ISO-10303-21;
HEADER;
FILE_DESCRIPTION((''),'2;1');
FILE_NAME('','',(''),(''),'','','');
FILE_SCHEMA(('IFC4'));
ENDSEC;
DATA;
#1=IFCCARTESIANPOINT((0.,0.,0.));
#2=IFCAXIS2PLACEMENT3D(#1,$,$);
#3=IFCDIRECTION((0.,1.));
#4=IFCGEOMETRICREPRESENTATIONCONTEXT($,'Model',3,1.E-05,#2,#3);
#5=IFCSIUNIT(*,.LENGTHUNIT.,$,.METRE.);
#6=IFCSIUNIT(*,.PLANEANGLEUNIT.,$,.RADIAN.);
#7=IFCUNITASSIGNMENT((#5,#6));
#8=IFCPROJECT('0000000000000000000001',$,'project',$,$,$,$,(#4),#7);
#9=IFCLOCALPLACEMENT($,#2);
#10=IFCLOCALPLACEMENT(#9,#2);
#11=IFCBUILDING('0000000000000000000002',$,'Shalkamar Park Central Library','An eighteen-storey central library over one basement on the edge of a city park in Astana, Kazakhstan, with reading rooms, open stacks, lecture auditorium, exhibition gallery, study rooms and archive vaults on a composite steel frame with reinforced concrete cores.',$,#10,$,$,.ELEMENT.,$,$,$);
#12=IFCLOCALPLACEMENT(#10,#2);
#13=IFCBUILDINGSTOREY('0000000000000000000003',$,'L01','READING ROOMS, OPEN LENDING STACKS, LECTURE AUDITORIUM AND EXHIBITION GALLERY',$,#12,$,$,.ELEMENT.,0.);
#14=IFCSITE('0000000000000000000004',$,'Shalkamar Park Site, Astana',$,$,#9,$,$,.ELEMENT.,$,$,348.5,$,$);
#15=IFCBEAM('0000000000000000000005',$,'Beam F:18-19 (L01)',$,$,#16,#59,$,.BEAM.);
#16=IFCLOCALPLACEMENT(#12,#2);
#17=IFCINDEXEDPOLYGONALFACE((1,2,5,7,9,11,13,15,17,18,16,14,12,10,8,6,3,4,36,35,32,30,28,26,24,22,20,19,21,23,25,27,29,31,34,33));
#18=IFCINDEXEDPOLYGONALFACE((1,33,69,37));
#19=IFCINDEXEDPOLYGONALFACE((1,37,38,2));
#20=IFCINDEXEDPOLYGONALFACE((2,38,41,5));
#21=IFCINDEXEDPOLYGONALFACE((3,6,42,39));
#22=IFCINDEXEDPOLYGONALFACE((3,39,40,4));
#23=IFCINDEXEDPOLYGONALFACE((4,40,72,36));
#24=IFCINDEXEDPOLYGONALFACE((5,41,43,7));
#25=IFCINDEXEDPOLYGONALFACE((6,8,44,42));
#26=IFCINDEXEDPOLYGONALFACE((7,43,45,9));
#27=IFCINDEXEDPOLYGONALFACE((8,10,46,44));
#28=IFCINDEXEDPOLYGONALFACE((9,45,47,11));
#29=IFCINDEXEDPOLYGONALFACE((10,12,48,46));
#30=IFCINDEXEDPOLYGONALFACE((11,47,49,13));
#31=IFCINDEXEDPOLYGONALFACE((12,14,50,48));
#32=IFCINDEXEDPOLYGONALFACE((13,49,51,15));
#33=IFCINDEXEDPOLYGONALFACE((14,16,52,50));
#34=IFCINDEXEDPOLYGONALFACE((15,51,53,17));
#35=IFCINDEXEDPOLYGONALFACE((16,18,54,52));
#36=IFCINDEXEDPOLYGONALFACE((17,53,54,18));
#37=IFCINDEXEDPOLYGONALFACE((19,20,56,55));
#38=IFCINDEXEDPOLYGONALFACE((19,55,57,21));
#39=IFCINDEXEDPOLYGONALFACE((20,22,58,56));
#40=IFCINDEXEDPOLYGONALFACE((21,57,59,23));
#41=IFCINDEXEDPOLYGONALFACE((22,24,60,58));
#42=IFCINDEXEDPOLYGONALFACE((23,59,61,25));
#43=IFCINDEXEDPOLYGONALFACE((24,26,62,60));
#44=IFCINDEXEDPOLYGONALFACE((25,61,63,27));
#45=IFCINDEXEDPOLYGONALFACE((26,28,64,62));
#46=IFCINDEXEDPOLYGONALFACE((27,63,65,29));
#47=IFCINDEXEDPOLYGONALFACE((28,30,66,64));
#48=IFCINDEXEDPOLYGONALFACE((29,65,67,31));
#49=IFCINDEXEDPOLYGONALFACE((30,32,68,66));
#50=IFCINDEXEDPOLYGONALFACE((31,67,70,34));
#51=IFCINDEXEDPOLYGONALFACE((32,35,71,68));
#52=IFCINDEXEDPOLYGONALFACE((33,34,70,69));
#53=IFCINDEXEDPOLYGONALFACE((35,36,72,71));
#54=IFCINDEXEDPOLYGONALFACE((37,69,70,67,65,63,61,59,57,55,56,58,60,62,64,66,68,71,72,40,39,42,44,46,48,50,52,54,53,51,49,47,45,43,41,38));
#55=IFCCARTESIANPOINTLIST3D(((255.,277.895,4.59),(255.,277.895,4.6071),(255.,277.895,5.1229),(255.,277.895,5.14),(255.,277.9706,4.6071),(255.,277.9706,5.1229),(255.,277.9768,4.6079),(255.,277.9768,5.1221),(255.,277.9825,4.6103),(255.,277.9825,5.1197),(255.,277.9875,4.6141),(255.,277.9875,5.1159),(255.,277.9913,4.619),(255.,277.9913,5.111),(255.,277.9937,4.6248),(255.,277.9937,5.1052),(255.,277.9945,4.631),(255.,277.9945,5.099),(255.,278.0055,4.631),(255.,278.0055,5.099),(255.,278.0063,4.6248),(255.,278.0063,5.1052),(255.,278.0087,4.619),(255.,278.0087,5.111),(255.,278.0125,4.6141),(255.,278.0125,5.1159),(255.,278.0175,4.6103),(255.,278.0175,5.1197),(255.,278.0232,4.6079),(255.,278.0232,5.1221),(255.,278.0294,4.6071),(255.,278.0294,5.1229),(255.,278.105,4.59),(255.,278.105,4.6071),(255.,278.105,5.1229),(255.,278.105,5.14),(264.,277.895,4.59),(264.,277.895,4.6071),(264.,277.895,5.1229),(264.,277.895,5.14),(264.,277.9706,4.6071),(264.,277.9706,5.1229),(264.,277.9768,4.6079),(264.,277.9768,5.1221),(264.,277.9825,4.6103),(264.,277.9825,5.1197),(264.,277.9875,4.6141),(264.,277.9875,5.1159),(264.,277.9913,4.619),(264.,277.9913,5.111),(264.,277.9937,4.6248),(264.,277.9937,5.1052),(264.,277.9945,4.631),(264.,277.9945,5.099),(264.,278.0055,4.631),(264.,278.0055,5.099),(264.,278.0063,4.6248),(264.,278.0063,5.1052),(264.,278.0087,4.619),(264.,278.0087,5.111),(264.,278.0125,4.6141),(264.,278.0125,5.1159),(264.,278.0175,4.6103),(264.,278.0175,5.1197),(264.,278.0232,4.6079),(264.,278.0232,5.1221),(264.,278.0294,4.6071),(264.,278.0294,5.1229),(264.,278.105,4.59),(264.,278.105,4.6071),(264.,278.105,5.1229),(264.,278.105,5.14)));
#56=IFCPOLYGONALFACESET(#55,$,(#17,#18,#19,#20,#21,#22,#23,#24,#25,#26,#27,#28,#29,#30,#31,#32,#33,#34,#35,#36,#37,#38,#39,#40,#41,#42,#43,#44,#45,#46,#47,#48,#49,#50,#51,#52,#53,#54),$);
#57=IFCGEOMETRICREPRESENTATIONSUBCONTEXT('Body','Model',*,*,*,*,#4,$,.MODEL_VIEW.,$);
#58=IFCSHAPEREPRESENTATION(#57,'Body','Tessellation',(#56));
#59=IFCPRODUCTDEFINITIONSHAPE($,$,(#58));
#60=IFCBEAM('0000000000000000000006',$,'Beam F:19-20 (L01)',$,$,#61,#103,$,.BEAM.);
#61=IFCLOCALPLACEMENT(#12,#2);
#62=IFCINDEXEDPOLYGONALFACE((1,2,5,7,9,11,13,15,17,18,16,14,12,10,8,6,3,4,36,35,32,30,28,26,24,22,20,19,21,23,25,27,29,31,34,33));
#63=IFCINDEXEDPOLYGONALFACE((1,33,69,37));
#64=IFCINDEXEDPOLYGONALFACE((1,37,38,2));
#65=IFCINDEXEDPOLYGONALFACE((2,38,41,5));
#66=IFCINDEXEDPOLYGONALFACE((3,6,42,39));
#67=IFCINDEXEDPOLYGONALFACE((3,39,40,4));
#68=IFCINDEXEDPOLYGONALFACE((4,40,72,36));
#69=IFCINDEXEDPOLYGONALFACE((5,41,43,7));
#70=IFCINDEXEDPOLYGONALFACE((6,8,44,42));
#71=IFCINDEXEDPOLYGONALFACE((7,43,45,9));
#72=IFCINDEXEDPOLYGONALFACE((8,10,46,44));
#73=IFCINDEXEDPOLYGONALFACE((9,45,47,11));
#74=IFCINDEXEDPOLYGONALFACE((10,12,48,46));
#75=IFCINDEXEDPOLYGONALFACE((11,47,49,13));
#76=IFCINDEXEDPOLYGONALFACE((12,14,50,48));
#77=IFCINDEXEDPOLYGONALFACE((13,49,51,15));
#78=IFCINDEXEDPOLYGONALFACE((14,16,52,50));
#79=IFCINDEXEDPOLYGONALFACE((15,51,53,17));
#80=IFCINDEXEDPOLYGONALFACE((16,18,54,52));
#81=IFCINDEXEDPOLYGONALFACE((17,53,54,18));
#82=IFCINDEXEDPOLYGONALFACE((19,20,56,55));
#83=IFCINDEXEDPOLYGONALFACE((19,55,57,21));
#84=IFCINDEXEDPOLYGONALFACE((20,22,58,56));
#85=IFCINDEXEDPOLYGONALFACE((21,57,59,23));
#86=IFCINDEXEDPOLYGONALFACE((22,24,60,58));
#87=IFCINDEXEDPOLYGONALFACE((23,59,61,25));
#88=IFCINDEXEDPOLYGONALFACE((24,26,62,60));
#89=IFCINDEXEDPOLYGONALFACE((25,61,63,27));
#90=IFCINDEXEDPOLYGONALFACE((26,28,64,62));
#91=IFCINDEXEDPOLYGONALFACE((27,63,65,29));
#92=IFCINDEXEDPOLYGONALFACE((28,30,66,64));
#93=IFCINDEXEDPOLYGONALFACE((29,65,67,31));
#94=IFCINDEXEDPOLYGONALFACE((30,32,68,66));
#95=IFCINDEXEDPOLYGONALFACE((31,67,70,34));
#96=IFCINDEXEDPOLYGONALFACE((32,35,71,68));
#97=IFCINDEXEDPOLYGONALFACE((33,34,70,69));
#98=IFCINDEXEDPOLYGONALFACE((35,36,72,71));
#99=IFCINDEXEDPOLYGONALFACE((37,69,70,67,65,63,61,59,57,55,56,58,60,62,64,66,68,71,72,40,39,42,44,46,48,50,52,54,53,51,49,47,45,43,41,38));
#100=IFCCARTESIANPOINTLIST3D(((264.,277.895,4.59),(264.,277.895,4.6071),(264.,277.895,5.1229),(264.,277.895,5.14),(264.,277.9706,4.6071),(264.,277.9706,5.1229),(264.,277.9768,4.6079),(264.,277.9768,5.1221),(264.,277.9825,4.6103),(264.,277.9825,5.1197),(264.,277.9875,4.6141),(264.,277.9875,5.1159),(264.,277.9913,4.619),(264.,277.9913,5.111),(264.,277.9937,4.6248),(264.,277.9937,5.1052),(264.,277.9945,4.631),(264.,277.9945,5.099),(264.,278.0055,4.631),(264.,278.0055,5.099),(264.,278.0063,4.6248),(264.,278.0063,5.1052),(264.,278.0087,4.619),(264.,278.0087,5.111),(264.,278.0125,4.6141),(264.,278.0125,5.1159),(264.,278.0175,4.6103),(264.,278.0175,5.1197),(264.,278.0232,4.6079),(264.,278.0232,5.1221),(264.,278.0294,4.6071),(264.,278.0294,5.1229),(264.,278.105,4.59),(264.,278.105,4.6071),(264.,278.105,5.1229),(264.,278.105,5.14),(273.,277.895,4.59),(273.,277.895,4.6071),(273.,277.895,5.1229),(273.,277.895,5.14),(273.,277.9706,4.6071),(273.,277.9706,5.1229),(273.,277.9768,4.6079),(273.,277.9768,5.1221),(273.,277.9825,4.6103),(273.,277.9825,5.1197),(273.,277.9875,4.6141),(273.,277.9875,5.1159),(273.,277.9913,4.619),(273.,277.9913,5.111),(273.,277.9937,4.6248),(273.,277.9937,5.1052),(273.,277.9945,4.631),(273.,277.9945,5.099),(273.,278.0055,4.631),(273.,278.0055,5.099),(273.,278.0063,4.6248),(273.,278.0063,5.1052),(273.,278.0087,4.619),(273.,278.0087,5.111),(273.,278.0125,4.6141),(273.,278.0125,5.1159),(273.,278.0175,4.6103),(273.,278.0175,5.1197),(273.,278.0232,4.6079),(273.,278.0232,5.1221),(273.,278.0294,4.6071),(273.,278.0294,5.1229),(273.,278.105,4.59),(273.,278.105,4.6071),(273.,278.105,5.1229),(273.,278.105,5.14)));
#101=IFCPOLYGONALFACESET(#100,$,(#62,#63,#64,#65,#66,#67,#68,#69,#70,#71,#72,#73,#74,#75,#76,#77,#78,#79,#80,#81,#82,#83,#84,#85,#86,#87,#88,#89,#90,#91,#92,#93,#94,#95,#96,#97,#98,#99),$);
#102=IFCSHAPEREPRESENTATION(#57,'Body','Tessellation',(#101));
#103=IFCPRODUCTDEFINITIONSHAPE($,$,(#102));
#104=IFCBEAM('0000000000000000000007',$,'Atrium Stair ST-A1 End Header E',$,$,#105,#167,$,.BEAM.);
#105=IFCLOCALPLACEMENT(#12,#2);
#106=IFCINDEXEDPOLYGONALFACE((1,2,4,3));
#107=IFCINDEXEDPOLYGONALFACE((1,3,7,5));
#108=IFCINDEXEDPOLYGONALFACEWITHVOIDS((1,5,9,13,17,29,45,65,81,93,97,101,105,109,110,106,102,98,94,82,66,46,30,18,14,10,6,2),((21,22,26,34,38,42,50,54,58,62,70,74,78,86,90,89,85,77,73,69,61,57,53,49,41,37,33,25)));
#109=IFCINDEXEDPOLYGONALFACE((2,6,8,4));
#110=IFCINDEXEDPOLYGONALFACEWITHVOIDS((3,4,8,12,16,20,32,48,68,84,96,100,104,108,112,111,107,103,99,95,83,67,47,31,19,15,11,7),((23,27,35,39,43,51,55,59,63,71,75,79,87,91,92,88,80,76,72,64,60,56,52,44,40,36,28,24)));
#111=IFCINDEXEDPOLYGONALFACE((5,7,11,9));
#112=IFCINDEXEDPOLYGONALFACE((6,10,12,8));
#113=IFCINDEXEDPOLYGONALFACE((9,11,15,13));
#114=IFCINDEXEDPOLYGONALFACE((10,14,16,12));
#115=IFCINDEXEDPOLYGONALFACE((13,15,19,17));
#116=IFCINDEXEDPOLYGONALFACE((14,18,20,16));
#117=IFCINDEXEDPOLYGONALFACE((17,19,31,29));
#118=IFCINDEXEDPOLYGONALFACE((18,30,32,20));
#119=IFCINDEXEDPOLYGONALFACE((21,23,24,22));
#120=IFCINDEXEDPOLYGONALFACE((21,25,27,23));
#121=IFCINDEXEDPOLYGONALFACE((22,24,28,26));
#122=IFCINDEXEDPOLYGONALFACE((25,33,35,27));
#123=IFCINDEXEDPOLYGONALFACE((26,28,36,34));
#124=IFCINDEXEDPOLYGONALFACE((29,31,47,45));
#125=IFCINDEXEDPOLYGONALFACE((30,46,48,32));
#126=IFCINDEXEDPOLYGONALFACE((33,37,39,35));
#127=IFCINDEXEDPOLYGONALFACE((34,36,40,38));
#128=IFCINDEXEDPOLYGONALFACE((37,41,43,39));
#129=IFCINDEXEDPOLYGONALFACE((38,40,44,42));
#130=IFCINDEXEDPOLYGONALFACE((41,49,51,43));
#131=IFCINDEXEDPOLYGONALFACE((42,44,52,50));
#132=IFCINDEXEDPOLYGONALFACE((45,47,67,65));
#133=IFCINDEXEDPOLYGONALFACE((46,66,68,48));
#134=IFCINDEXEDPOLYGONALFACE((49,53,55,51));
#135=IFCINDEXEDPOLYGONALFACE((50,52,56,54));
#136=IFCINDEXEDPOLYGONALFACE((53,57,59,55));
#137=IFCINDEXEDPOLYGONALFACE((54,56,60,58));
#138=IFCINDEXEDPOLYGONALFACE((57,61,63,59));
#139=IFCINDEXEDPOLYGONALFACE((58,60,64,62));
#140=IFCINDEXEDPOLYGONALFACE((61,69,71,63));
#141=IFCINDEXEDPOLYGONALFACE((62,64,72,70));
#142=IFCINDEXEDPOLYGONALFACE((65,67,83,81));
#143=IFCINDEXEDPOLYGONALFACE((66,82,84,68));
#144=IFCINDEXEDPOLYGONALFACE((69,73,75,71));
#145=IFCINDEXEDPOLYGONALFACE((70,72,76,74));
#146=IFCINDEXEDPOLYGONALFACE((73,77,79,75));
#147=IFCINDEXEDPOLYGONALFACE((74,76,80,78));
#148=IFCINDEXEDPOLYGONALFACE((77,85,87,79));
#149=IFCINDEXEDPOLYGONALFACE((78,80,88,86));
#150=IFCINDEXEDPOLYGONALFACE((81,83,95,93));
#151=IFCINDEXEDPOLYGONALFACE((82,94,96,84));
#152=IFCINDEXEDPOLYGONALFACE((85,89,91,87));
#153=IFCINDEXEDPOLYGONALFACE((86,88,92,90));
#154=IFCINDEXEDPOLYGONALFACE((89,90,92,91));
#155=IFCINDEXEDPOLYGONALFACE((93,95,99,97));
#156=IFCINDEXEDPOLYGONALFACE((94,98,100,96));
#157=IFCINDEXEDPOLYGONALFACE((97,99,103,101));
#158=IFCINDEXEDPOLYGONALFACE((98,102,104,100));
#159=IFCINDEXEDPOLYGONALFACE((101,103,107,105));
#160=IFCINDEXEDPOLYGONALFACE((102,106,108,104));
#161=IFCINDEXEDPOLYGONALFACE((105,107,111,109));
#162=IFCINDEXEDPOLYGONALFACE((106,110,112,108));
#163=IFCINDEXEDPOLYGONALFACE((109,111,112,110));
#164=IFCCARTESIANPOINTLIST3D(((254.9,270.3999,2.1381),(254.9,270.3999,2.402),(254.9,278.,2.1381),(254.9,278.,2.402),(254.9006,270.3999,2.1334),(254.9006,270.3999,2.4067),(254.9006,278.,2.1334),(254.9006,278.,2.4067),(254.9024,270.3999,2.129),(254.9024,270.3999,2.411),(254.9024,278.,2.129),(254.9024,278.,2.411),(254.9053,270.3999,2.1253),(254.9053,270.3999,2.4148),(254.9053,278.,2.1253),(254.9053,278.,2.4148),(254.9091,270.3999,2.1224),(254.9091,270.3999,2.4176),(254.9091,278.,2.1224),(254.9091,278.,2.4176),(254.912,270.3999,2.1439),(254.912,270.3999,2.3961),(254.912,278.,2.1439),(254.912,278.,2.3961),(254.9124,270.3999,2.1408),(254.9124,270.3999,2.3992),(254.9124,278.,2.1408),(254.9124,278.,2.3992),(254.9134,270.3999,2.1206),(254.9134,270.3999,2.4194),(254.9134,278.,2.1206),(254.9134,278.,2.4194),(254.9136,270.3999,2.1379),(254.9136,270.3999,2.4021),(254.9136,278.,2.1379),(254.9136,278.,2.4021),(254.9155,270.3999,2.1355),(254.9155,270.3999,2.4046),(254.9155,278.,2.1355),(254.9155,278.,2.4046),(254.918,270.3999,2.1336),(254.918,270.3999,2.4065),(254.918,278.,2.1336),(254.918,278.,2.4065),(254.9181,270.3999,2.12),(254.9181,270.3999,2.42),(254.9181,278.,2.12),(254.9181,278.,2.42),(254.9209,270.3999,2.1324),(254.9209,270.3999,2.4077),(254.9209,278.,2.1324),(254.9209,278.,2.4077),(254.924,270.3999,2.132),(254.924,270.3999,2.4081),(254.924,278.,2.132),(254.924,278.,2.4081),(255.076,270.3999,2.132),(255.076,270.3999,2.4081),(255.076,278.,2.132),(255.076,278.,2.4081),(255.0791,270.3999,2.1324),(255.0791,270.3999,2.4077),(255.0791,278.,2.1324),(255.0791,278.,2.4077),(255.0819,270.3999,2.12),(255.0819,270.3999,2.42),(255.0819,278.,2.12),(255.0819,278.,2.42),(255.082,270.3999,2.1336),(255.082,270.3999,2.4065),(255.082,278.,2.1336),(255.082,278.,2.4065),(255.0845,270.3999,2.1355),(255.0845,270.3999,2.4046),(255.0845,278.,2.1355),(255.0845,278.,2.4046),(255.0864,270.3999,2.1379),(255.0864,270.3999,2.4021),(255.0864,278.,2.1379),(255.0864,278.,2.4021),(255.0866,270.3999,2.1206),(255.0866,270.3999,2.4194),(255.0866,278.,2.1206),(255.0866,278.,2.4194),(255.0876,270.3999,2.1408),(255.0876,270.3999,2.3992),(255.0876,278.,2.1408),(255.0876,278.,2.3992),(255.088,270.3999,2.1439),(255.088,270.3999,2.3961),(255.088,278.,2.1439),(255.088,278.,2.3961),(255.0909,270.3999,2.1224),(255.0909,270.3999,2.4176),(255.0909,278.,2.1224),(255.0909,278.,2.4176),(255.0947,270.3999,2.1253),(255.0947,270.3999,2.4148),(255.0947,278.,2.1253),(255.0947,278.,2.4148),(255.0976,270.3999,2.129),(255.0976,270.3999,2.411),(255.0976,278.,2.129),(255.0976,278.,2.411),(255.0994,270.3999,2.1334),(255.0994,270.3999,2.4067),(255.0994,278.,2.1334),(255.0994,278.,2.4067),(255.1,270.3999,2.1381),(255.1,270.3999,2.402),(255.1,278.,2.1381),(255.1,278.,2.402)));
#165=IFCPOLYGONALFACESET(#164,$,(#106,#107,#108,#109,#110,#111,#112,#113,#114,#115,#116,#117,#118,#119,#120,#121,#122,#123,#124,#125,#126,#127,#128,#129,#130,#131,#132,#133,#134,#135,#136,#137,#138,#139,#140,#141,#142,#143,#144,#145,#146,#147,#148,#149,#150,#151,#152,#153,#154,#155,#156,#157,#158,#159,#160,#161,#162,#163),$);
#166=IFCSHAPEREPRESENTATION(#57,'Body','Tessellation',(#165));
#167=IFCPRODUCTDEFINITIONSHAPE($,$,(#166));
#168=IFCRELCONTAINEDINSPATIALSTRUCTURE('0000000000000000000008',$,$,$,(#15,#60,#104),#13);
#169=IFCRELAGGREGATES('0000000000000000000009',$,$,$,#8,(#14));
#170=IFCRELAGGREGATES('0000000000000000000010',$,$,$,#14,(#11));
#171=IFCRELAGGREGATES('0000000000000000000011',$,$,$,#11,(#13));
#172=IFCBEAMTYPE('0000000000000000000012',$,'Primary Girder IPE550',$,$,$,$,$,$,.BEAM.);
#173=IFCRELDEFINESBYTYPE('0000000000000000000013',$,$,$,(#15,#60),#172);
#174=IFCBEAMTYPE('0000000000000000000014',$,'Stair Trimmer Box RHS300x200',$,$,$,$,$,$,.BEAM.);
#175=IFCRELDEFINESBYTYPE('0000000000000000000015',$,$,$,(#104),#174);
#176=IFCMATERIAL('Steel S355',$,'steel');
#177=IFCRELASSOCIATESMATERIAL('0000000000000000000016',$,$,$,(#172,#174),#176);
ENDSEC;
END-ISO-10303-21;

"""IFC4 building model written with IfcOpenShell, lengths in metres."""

from ifc_helpers import new_model, si_unit, direction, frame, origin, origin_2d, place, context, subcontext, project, spatial, hollow_rectangle, i_section, extrude, material, material_profile, profile_set, type_object, element, save


model = new_model("IFC4")

# Units and contexts
model_context = context("Model", 3, precision=1e-05, world=origin(), true_north=direction((0.0, 1.0)))
body_context = subcontext(model_context, "Body", "Model", "MODEL_VIEW")
ifc_project = project(units=[si_unit("LENGTHUNIT", "METRE"), si_unit("PLANEANGLEUNIT", "RADIAN")], contexts=[model_context])

# Site, building, storey
site_placement = place(None, origin())
site = spatial("IfcSite", under=ifc_project, at=site_placement, Name="Shalkamar Park Site, Astana", CompositionType="ELEMENT", RefElevation=348.5)
building_placement = place(site_placement, origin())
building = spatial("IfcBuilding", under=site, at=building_placement, Name="Shalkamar Park Central Library", Description="An eighteen-storey central library over one basement on the edge of a city park in Astana, Kazakhstan, with reading rooms, open stacks, lecture auditorium, exhibition gallery, study rooms and archive vaults on a composite steel frame with reinforced concrete cores.", CompositionType="ELEMENT")
storey_placement = place(building_placement, origin())
storey = spatial("IfcBuildingStorey", under=building, at=storey_placement, Name="L01", Description="READING ROOMS, OPEN LENDING STACKS, LECTURE AUDITORIUM AND EXHIBITION GALLERY", CompositionType="ELEMENT", Elevation=0.0)

# Shared definitions
ifc_material_1 = material(Name="Steel S355", Category="steel")

# Beams
ifc_material_profile_1 = material_profile(ifc_material_1, i_section(OverallWidth=0.21, OverallDepth=0.55, WebThickness=0.011, FlangeThickness=0.0171, FilletRadius=0.0239, at=origin_2d()), Name="IPE 550")
ifc_profile_set_1 = profile_set([ifc_material_profile_1], Name="Steel S355")
beam_type_1 = type_object("IfcBeamType", Name="Primary Girder IPE550", PredefinedType="BEAM", material=ifc_profile_set_1)
for number, where, z_axis, x_axis, name in (
    (1, (255.0, 278.0, 4.865), (1.0, 0.0, 0.0), (0.0, 1.0, 0.0), "Beam F:18-19 (L01)"),
    (2, (264.0, 278.0, 4.865), (1.0, 0.0, 0.0), (0.0, 1.0, 0.0), "Beam F:19-20 (L01)"),
):
    element("IfcBeam", number, at=place(storey_placement, frame(where, z_axis=z_axis, x_axis=x_axis)), inside=storey, type_object=beam_type_1, Name=name, PredefinedType="BEAM", context=body_context, shape_type="SweptSolid", body=[
        extrude(i_section(OverallWidth=0.21, OverallDepth=0.55, WebThickness=0.011, FlangeThickness=0.0171, FilletRadius=0.0239, at=origin_2d()), origin(), (0.0, 0.0, 1.0), 9.0),
    ])
ifc_material_profile_2 = material_profile(ifc_material_1, hollow_rectangle(XDim=0.2, YDim=0.3, WallThickness=0.012, InnerFilletRadius=0.012, OuterFilletRadius=0.0181, at=origin_2d()), Name="RHS 300x200x12")
ifc_profile_set_2 = profile_set([ifc_material_profile_2], Name="Steel S355")
beam_type_2 = type_object("IfcBeamType", Name="Stair Trimmer Box RHS300x200", PredefinedType="BEAM", material=ifc_profile_set_2)
beam_1_placement = place(storey_placement, frame((255.0, 270.3999, 2.27), z_axis=(0.0, 1.0, 0.0), x_axis=(-1.0, 0.0, 0.0)))
element("IfcBeam", 3, at=beam_1_placement, inside=storey, type_object=beam_type_2, Name="Atrium Stair ST-A1 End Header E", PredefinedType="BEAM", context=body_context, shape_type="SweptSolid", body=[
    extrude(hollow_rectangle(XDim=0.2, YDim=0.3, WallThickness=0.012, InnerFilletRadius=0.012, OuterFilletRadius=0.0181, at=origin_2d()), origin(), (0.0, 0.0, 1.0), 7.6001),
])

save(model, "model.ifc")
